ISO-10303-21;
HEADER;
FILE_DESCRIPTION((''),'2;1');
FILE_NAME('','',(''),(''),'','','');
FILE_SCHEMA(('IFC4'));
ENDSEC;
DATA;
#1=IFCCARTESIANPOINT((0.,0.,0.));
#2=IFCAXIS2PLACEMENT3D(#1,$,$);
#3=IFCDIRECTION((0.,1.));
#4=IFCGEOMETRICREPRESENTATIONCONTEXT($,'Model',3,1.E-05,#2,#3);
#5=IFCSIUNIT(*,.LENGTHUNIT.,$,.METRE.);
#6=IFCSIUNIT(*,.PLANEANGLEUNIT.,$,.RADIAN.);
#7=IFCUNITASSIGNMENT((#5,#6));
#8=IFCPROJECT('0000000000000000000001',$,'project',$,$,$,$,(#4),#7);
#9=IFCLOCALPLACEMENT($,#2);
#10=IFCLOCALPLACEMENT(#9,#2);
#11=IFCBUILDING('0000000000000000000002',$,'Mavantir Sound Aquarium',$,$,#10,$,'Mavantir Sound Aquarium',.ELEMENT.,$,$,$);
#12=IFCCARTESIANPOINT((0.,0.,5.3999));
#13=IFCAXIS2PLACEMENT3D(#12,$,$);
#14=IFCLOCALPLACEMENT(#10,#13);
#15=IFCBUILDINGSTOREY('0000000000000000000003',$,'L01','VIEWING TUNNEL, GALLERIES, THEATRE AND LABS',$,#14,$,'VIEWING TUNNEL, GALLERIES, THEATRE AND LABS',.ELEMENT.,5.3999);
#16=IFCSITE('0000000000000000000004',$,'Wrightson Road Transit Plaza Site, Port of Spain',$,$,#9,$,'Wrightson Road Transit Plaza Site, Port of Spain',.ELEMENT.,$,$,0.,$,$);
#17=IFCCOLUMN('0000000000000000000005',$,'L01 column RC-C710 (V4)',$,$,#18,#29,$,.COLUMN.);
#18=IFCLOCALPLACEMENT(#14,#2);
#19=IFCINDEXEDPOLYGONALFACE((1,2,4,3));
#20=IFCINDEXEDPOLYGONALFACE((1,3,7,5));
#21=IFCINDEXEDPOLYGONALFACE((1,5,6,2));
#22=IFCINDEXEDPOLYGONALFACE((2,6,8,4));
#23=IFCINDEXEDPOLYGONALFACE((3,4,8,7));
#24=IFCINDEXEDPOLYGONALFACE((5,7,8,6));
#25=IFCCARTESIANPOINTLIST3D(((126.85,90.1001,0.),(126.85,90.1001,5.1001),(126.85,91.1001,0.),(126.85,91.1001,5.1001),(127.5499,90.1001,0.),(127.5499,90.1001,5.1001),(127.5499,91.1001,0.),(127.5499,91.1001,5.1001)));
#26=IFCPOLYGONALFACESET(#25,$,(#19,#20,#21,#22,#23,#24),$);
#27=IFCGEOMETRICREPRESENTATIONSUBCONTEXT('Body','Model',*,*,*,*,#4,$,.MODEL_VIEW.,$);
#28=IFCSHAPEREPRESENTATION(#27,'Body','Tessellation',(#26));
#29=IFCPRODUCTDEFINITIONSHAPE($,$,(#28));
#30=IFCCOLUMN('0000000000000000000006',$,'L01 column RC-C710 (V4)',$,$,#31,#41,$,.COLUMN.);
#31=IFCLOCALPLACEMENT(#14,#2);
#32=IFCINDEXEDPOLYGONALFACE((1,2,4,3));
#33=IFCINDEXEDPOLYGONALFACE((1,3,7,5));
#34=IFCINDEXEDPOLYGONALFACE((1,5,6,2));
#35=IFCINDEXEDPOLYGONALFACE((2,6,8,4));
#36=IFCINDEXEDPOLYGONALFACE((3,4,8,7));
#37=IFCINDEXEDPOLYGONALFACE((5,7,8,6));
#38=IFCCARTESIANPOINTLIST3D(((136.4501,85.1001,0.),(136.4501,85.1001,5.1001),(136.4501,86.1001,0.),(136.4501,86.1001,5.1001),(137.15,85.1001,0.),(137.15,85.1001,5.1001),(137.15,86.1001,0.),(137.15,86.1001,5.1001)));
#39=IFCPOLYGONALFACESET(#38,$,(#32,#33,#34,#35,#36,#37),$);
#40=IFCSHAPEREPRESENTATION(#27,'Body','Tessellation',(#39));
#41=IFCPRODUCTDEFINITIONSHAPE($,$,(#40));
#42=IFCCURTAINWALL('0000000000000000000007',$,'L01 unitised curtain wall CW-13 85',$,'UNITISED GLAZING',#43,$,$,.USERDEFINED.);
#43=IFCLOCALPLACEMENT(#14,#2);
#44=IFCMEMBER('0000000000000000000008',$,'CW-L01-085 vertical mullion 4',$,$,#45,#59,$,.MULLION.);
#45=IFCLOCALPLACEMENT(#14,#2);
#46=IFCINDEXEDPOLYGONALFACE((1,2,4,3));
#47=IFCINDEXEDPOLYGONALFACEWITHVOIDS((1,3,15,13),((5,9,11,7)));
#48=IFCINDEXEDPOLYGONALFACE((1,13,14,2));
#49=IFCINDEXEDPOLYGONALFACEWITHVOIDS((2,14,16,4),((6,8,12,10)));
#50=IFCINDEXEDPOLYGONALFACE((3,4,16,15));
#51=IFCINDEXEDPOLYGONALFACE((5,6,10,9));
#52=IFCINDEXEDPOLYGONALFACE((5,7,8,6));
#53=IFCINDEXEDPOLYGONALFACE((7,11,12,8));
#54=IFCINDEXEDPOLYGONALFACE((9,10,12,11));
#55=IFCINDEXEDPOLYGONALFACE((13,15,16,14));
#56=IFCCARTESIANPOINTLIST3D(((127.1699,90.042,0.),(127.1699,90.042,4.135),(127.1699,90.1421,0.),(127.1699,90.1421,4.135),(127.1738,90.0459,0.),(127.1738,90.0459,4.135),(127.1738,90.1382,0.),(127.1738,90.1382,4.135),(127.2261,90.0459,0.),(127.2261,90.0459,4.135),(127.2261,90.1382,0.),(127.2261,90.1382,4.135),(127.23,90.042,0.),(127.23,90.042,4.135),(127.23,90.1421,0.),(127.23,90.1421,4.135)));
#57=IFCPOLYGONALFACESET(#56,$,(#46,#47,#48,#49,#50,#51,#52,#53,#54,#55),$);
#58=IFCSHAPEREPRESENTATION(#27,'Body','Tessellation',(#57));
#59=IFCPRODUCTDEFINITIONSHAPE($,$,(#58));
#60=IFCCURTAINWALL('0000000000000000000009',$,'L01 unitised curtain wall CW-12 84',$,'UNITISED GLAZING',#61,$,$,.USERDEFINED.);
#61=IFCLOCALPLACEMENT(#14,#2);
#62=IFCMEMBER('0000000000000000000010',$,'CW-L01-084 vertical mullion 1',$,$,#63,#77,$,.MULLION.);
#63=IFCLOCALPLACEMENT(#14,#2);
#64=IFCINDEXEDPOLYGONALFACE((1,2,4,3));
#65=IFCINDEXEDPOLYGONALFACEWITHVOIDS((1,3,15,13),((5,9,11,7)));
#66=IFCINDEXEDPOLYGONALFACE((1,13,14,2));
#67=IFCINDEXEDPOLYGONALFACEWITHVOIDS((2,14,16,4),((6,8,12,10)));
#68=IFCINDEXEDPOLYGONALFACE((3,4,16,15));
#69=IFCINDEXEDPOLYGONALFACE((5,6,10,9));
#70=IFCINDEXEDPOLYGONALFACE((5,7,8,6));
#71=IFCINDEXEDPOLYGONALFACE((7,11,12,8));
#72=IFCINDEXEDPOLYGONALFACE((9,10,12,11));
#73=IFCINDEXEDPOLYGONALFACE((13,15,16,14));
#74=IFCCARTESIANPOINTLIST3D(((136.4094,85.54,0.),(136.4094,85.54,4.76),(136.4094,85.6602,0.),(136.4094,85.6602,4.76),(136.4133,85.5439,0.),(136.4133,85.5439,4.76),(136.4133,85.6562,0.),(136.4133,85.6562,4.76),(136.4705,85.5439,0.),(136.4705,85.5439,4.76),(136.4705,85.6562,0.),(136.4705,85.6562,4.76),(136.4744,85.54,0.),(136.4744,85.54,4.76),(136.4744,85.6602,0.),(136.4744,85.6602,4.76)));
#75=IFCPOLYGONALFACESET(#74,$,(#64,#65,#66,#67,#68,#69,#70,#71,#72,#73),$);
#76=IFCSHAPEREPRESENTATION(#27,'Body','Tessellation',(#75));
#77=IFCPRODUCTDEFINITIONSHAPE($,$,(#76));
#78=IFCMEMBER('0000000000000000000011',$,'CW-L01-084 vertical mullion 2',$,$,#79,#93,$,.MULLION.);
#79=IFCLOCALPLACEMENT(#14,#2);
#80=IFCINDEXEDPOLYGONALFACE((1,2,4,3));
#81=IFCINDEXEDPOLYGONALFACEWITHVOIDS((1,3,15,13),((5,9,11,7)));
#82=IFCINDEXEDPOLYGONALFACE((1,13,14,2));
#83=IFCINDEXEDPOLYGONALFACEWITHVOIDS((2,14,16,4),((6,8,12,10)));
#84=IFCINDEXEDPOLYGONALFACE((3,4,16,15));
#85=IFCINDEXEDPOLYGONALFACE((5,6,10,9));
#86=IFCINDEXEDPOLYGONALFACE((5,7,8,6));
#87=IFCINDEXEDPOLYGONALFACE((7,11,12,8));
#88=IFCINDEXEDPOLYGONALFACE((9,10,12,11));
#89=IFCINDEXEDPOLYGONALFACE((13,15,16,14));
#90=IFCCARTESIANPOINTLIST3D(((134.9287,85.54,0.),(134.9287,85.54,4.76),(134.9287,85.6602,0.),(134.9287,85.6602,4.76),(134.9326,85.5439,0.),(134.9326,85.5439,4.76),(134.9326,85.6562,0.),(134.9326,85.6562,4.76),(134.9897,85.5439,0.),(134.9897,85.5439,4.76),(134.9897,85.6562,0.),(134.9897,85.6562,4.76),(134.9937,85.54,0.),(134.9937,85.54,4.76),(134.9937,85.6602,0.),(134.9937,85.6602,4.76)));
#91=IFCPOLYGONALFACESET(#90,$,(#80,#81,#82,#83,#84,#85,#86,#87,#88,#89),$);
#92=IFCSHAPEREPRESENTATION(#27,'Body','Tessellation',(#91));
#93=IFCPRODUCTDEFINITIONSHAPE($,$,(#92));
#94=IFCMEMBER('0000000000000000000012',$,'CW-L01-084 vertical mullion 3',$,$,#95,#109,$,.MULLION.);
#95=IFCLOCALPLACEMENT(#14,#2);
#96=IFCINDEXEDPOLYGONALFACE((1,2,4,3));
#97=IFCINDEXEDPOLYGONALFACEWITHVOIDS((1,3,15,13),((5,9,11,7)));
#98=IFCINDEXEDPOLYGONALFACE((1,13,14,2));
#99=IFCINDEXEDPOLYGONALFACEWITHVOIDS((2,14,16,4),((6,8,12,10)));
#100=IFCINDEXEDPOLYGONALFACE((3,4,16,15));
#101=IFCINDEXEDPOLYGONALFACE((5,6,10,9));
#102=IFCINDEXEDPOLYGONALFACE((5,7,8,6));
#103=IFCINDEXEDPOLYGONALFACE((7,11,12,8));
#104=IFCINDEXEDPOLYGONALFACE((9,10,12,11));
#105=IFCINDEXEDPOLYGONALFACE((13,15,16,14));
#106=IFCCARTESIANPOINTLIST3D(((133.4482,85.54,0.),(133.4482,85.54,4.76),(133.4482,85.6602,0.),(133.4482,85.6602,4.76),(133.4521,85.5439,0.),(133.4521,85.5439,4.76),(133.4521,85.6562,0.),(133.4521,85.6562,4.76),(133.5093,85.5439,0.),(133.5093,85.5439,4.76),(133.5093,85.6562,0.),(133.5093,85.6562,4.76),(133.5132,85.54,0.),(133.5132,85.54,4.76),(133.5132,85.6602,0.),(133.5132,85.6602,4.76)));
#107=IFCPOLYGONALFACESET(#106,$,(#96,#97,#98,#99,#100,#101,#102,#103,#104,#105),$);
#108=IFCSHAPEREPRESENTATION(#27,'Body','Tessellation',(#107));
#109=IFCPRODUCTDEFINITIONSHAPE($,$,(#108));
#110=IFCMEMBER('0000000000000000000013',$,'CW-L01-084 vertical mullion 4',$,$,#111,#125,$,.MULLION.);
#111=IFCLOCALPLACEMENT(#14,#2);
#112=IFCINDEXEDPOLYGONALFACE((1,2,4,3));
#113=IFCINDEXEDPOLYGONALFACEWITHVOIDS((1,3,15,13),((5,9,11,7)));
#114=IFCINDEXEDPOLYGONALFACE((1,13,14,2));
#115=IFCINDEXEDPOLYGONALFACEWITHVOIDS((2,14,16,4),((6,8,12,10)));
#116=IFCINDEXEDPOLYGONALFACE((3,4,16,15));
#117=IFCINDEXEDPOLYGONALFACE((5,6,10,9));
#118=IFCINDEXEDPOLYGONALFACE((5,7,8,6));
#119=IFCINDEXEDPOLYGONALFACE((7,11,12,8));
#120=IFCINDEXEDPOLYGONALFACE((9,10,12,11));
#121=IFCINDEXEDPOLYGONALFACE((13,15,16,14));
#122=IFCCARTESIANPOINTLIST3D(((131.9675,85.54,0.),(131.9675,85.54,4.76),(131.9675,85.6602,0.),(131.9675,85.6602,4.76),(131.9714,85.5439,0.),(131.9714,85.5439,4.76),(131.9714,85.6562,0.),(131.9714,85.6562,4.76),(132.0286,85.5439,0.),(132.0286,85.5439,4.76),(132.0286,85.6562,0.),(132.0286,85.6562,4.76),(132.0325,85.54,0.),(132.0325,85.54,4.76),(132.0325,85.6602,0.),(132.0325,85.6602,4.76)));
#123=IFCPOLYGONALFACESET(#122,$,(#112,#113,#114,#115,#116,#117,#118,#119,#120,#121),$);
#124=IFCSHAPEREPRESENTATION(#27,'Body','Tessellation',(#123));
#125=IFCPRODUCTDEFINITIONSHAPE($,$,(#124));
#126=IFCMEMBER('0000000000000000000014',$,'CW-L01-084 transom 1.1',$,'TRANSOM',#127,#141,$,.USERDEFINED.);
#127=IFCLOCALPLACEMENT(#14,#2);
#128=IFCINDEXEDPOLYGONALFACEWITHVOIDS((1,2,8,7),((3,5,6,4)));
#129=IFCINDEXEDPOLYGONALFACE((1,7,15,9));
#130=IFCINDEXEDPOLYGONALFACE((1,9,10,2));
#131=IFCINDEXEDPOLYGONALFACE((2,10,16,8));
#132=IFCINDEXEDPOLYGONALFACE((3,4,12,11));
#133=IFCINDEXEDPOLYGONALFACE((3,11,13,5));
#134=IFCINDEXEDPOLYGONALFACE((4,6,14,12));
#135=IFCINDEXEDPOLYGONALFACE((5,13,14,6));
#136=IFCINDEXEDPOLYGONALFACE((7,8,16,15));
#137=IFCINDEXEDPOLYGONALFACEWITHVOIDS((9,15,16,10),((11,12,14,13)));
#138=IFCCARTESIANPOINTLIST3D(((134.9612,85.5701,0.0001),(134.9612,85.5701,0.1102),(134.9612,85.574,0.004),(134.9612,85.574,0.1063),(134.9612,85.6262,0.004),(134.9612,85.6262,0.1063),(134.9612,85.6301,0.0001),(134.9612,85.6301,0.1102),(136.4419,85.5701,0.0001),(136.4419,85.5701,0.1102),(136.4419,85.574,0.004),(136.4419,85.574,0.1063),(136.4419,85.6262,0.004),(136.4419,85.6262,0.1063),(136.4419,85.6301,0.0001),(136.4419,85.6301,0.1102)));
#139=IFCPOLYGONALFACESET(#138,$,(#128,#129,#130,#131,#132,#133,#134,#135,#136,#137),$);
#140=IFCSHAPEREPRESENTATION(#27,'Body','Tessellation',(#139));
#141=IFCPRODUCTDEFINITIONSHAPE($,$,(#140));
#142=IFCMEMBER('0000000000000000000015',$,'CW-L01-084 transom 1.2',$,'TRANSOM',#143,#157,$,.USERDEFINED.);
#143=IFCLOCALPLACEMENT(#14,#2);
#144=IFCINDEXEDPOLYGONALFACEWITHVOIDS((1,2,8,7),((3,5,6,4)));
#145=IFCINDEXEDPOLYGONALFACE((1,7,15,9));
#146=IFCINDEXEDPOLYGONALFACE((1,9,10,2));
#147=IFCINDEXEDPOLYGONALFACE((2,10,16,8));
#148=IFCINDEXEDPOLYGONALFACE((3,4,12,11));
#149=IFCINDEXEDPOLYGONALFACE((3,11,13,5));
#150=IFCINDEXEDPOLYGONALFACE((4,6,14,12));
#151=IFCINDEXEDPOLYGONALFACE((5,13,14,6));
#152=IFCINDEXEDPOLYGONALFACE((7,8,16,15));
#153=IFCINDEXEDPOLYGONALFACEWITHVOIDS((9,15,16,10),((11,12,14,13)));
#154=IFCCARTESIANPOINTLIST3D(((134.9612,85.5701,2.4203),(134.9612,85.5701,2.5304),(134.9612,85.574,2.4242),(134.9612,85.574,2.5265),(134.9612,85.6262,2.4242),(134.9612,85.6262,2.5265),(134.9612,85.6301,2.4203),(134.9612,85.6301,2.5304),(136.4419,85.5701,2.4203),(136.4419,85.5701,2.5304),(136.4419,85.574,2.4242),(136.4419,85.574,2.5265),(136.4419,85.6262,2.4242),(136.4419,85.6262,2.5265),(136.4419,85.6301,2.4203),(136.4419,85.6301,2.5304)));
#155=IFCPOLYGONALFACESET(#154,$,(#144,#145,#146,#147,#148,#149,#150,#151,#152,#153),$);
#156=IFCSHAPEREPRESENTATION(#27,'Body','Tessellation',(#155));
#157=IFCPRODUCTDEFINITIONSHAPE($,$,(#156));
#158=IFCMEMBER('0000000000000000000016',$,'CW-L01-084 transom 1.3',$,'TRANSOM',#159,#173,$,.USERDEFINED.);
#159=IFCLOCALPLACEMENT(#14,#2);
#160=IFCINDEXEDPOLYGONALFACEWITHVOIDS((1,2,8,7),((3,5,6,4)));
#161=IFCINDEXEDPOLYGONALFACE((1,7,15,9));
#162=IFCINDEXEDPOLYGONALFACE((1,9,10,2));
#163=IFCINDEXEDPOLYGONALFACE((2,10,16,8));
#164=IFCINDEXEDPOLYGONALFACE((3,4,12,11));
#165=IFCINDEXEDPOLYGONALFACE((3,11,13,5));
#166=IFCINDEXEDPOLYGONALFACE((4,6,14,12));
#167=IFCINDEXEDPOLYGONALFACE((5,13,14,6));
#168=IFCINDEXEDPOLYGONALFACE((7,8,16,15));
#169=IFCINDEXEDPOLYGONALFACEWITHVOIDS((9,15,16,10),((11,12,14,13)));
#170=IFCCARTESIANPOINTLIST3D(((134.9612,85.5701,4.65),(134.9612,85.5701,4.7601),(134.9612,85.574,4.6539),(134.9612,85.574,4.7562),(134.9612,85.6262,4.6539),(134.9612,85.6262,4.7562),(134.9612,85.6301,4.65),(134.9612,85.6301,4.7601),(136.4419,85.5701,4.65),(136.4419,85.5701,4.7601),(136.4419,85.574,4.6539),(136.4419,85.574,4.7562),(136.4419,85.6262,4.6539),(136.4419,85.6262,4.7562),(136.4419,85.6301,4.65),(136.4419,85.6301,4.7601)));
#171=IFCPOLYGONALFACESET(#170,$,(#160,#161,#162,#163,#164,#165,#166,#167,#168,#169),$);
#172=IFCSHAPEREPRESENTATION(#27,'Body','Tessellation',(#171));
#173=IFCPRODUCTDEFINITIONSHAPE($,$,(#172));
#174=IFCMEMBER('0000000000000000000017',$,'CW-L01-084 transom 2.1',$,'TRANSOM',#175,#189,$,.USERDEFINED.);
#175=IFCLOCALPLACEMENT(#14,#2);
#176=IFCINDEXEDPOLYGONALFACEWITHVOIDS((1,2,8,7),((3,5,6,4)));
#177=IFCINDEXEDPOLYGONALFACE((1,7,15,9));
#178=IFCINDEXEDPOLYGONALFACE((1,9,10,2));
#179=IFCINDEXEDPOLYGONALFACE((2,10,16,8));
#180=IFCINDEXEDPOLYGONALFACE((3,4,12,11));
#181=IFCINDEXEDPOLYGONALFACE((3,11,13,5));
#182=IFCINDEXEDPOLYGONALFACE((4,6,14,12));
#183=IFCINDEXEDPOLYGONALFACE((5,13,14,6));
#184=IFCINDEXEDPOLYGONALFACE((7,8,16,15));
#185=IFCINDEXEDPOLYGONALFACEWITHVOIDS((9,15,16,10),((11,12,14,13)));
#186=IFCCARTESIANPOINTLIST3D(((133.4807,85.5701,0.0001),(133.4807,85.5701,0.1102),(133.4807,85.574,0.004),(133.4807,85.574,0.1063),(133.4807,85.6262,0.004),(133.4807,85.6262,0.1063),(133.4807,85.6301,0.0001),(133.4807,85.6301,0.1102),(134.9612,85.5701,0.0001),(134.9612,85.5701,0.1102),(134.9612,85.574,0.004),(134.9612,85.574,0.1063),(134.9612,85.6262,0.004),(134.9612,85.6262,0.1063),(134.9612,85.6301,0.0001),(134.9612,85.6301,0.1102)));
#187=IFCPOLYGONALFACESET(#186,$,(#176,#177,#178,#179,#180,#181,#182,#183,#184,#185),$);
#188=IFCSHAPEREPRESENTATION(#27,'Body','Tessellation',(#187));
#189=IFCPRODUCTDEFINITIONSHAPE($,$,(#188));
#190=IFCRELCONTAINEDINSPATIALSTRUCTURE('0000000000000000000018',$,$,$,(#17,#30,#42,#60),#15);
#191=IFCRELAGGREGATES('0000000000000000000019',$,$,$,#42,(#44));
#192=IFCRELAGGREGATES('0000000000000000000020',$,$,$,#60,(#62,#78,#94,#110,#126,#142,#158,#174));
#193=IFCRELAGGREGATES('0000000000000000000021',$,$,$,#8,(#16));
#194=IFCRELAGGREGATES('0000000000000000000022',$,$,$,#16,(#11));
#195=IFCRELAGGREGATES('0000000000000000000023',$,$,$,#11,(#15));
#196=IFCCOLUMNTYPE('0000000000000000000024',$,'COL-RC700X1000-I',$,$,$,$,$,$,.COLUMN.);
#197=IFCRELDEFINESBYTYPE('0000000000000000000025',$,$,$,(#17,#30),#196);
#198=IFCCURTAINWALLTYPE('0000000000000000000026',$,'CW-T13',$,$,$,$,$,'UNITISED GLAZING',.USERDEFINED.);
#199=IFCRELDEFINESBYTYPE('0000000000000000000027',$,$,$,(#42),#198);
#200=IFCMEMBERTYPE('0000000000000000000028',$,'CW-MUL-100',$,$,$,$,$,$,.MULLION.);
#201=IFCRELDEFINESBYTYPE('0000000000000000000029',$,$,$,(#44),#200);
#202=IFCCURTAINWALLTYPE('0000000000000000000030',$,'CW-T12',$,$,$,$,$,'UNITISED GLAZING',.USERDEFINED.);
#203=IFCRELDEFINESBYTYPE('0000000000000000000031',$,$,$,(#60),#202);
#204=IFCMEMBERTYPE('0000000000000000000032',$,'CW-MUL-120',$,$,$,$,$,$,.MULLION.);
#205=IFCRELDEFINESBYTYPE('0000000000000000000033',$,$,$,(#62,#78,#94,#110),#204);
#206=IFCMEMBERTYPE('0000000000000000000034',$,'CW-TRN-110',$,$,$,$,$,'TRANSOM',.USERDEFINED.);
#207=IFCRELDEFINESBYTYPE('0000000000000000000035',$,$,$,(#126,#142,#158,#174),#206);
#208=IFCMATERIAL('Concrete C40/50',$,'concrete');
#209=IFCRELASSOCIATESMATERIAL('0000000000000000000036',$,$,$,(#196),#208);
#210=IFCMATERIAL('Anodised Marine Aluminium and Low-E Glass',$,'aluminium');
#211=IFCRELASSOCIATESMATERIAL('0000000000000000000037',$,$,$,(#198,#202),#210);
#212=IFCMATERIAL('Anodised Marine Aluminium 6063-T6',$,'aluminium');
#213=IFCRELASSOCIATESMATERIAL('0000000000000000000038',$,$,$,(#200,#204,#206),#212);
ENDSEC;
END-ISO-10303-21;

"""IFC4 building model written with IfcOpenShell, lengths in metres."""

from ifc_helpers import new_model, si_unit, direction, frame, origin, origin_2d, place, context, subcontext, project, spatial, rectangle, hollow_rectangle, extrude, material, material_profile, profile_set, type_object, element, aggregate, save


model = new_model("IFC4")

# Units and contexts
model_context = context("Model", 3, precision=1e-05, world=origin(), true_north=direction((0.0, 1.0)))
body_context = subcontext(model_context, "Body", "Model", "MODEL_VIEW")
ifc_project = project(units=[si_unit("LENGTHUNIT", "METRE"), si_unit("PLANEANGLEUNIT", "RADIAN")], contexts=[model_context])

# Site, building, storey
site_placement = place(None, origin())
site = spatial("IfcSite", under=ifc_project, at=site_placement, Name="Wrightson Road Transit Plaza Site, Port of Spain", LongName="Wrightson Road Transit Plaza Site, Port of Spain", CompositionType="ELEMENT", RefElevation=0.0)
building_placement = place(site_placement, origin())
building = spatial("IfcBuilding", under=site, at=building_placement, Name="Mavantir Sound Aquarium", LongName="Mavantir Sound Aquarium", CompositionType="ELEMENT")
storey_placement = place(building_placement, frame((0.0, 0.0, 5.3999)))
storey = spatial("IfcBuildingStorey", under=building, at=storey_placement, Name="L01", Description="VIEWING TUNNEL, GALLERIES, THEATRE AND LABS", LongName="VIEWING TUNNEL, GALLERIES, THEATRE AND LABS", CompositionType="ELEMENT", Elevation=5.3999)

# Columns
ifc_material_1 = material(Name="Concrete C40/50", Category="concrete")
ifc_material_profile_1 = material_profile(ifc_material_1, rectangle(XDim=0.7, YDim=1.0, at=origin_2d()), Name="RC 700X1000")
ifc_profile_set_1 = profile_set([ifc_material_profile_1], Name="Concrete C40/50")
column_type = type_object("IfcColumnType", Name="COL-RC700X1000-I", PredefinedType="COLUMN", material=ifc_profile_set_1)
for number, where, z_axis, x_axis, name in (
    (1, (127.2, 90.6001, 0.0), (0.0, 0.0, 1.0), (1.0, 0.0, 0.0), "L01 column RC-C710 (V4)"),
    (2, (136.8, 85.6001, 0.0), (0.0, 0.0, 1.0), (1.0, 0.0, 0.0), "L01 column RC-C710 (V4)"),
):
    element("IfcColumn", number, at=place(storey_placement, frame(where, z_axis=z_axis, x_axis=x_axis)), inside=storey, type_object=column_type, Name=name, PredefinedType="COLUMN", context=body_context, shape_type="SweptSolid", body=[
        extrude(rectangle(XDim=0.7, YDim=1.0, at=origin_2d()), origin(), (0.0, 0.0, 1.0), 5.1001),
    ])

# Curtain wall, member
ifc_material_2 = material(Name="Anodised Marine Aluminium and Low-E Glass", Category="aluminium")
curtain_wall_type_1 = type_object("IfcCurtainWallType", Name="CW-T13", ElementType="UNITISED GLAZING", PredefinedType="USERDEFINED", material=ifc_material_2)
curtain_wall_1_placement = place(storey_placement, origin())
curtain_wall_1 = element("IfcCurtainWall", 3, at=curtain_wall_1_placement, inside=storey, type_object=curtain_wall_type_1, Name="L01 unitised curtain wall CW-13 85", ObjectType="UNITISED GLAZING", PredefinedType="USERDEFINED")
ifc_material_3 = material(Name="Anodised Marine Aluminium 6063-T6", Category="aluminium")
ifc_material_profile_2 = material_profile(ifc_material_3, hollow_rectangle(XDim=0.0601, YDim=0.1001, WallThickness=0.0039, at=origin_2d()), Name="ALU-MULLION-100X60")
ifc_profile_set_2 = profile_set([ifc_material_profile_2], Name="Anodised Marine Aluminium 6063-T6")
member_type_1 = type_object("IfcMemberType", Name="CW-MUL-100", PredefinedType="MULLION", material=ifc_profile_set_2)
member_1_placement = place(storey_placement, frame((127.2, 90.092, 0.0), z_axis=(0.0, 0.0, 1.0), x_axis=(1.0, 0.0, 0.0)))
member_1 = element("IfcMember", 4, at=member_1_placement, type_object=member_type_1, Name="CW-L01-085 vertical mullion 4", PredefinedType="MULLION", context=body_context, shape_type="SweptSolid", body=[
    extrude(hollow_rectangle(XDim=0.0601, YDim=0.1001, WallThickness=0.0039, at=origin_2d()), origin(), (0.0, 0.0, 1.0), 4.135),
])

# Curtain wall, members
curtain_wall_type_2 = type_object("IfcCurtainWallType", Name="CW-T12", ElementType="UNITISED GLAZING", PredefinedType="USERDEFINED", material=ifc_material_2)
curtain_wall_2_placement = place(storey_placement, origin())
curtain_wall_2 = element("IfcCurtainWall", 5, at=curtain_wall_2_placement, inside=storey, type_object=curtain_wall_type_2, Name="L01 unitised curtain wall CW-12 84", ObjectType="UNITISED GLAZING", PredefinedType="USERDEFINED")
ifc_material_profile_3 = material_profile(ifc_material_3, hollow_rectangle(XDim=0.0649, YDim=0.1201, WallThickness=0.0039, at=origin_2d()), Name="ALU-MULLION-120X65")
ifc_profile_set_3 = profile_set([ifc_material_profile_3], Name="Anodised Marine Aluminium 6063-T6")
member_type_2 = type_object("IfcMemberType", Name="CW-MUL-120", PredefinedType="MULLION", material=ifc_profile_set_3)
member_2_placement = place(storey_placement, frame((136.4419, 85.6001, 0.0), z_axis=(0.0, 0.0, 1.0), x_axis=(1.0, 0.0, 0.0)))
member_2 = element("IfcMember", 6, at=member_2_placement, type_object=member_type_2, Name="CW-L01-084 vertical mullion 1", PredefinedType="MULLION", context=body_context, shape_type="SweptSolid", body=[
    extrude(hollow_rectangle(XDim=0.0649, YDim=0.1201, WallThickness=0.0039, at=origin_2d()), origin(), (0.0, 0.0, 1.0), 4.76),
])
member_3_placement = place(storey_placement, frame((134.9612, 85.6001, 0.0), z_axis=(0.0, 0.0, 1.0), x_axis=(1.0, 0.0, 0.0)))
member_3 = element("IfcMember", 7, at=member_3_placement, type_object=member_type_2, Name="CW-L01-084 vertical mullion 2", PredefinedType="MULLION", context=body_context, shape_type="SweptSolid", body=[
    extrude(hollow_rectangle(XDim=0.0649, YDim=0.1201, WallThickness=0.0039, at=origin_2d()), origin(), (0.0, 0.0, 1.0), 4.76),
])
member_4_placement = place(storey_placement, frame((133.4807, 85.6001, 0.0), z_axis=(0.0, 0.0, 1.0), x_axis=(1.0, 0.0, 0.0)))
member_4 = element("IfcMember", 8, at=member_4_placement, type_object=member_type_2, Name="CW-L01-084 vertical mullion 3", PredefinedType="MULLION", context=body_context, shape_type="SweptSolid", body=[
    extrude(hollow_rectangle(XDim=0.0649, YDim=0.1201, WallThickness=0.0039, at=origin_2d()), origin(), (0.0, 0.0, 1.0), 4.76),
])
member_5_placement = place(storey_placement, frame((132.0, 85.6001, 0.0), z_axis=(0.0, 0.0, 1.0), x_axis=(1.0, 0.0, 0.0)))
member_5 = element("IfcMember", 9, at=member_5_placement, type_object=member_type_2, Name="CW-L01-084 vertical mullion 4", PredefinedType="MULLION", context=body_context, shape_type="SweptSolid", body=[
    extrude(hollow_rectangle(XDim=0.0649, YDim=0.1201, WallThickness=0.0039, at=origin_2d()), origin(), (0.0, 0.0, 1.0), 4.76),
])
ifc_material_profile_4 = material_profile(ifc_material_3, hollow_rectangle(XDim=0.0601, YDim=0.1101, WallThickness=0.0039, at=origin_2d()), Name="ALU-TRANSOM-110X60")
ifc_profile_set_4 = profile_set([ifc_material_profile_4], Name="Anodised Marine Aluminium 6063-T6")
member_type_3 = type_object("IfcMemberType", Name="CW-TRN-110", ElementType="TRANSOM", PredefinedType="USERDEFINED", material=ifc_profile_set_4)
member_6_placement = place(storey_placement, frame((136.4419, 85.6001, 0.0552), z_axis=(-1.0, 0.0, 0.0), x_axis=(0.0, -1.0, 0.0)))
member_6 = element("IfcMember", 10, at=member_6_placement, type_object=member_type_3, Name="CW-L01-084 transom 1.1", ObjectType="TRANSOM", PredefinedType="USERDEFINED", context=body_context, shape_type="SweptSolid", body=[
    extrude(hollow_rectangle(XDim=0.0601, YDim=0.1101, WallThickness=0.0039, at=origin_2d()), origin(), (0.0, 0.0, 1.0), 1.4807),
])
member_7_placement = place(storey_placement, frame((136.4419, 85.6001, 2.4753), z_axis=(-1.0, 0.0, 0.0), x_axis=(0.0, -1.0, 0.0)))
member_7 = element("IfcMember", 11, at=member_7_placement, type_object=member_type_3, Name="CW-L01-084 transom 1.2", ObjectType="TRANSOM", PredefinedType="USERDEFINED", context=body_context, shape_type="SweptSolid", body=[
    extrude(hollow_rectangle(XDim=0.0601, YDim=0.1101, WallThickness=0.0039, at=origin_2d()), origin(), (0.0, 0.0, 1.0), 1.4807),
])
member_8_placement = place(storey_placement, frame((136.4419, 85.6001, 4.7051), z_axis=(-1.0, 0.0, 0.0), x_axis=(0.0, -1.0, 0.0)))
member_8 = element("IfcMember", 12, at=member_8_placement, type_object=member_type_3, Name="CW-L01-084 transom 1.3", ObjectType="TRANSOM", PredefinedType="USERDEFINED", context=body_context, shape_type="SweptSolid", body=[
    extrude(hollow_rectangle(XDim=0.0601, YDim=0.1101, WallThickness=0.0039, at=origin_2d()), origin(), (0.0, 0.0, 1.0), 1.4807),
])
member_9_placement = place(storey_placement, frame((134.9612, 85.6001, 0.0552), z_axis=(-1.0, 0.0, 0.0), x_axis=(0.0, -1.0, 0.0)))
member_9 = element("IfcMember", 13, at=member_9_placement, type_object=member_type_3, Name="CW-L01-084 transom 2.1", ObjectType="TRANSOM", PredefinedType="USERDEFINED", context=body_context, shape_type="SweptSolid", body=[
    extrude(hollow_rectangle(XDim=0.0601, YDim=0.1101, WallThickness=0.0039, at=origin_2d()), origin(), (0.0, 0.0, 1.0), 1.4805),
])

aggregate(curtain_wall_1, [member_1])
aggregate(curtain_wall_2, [member_2, member_3, member_4, member_5, member_6, member_7, member_8, member_9])

save(model, "model.ifc")
